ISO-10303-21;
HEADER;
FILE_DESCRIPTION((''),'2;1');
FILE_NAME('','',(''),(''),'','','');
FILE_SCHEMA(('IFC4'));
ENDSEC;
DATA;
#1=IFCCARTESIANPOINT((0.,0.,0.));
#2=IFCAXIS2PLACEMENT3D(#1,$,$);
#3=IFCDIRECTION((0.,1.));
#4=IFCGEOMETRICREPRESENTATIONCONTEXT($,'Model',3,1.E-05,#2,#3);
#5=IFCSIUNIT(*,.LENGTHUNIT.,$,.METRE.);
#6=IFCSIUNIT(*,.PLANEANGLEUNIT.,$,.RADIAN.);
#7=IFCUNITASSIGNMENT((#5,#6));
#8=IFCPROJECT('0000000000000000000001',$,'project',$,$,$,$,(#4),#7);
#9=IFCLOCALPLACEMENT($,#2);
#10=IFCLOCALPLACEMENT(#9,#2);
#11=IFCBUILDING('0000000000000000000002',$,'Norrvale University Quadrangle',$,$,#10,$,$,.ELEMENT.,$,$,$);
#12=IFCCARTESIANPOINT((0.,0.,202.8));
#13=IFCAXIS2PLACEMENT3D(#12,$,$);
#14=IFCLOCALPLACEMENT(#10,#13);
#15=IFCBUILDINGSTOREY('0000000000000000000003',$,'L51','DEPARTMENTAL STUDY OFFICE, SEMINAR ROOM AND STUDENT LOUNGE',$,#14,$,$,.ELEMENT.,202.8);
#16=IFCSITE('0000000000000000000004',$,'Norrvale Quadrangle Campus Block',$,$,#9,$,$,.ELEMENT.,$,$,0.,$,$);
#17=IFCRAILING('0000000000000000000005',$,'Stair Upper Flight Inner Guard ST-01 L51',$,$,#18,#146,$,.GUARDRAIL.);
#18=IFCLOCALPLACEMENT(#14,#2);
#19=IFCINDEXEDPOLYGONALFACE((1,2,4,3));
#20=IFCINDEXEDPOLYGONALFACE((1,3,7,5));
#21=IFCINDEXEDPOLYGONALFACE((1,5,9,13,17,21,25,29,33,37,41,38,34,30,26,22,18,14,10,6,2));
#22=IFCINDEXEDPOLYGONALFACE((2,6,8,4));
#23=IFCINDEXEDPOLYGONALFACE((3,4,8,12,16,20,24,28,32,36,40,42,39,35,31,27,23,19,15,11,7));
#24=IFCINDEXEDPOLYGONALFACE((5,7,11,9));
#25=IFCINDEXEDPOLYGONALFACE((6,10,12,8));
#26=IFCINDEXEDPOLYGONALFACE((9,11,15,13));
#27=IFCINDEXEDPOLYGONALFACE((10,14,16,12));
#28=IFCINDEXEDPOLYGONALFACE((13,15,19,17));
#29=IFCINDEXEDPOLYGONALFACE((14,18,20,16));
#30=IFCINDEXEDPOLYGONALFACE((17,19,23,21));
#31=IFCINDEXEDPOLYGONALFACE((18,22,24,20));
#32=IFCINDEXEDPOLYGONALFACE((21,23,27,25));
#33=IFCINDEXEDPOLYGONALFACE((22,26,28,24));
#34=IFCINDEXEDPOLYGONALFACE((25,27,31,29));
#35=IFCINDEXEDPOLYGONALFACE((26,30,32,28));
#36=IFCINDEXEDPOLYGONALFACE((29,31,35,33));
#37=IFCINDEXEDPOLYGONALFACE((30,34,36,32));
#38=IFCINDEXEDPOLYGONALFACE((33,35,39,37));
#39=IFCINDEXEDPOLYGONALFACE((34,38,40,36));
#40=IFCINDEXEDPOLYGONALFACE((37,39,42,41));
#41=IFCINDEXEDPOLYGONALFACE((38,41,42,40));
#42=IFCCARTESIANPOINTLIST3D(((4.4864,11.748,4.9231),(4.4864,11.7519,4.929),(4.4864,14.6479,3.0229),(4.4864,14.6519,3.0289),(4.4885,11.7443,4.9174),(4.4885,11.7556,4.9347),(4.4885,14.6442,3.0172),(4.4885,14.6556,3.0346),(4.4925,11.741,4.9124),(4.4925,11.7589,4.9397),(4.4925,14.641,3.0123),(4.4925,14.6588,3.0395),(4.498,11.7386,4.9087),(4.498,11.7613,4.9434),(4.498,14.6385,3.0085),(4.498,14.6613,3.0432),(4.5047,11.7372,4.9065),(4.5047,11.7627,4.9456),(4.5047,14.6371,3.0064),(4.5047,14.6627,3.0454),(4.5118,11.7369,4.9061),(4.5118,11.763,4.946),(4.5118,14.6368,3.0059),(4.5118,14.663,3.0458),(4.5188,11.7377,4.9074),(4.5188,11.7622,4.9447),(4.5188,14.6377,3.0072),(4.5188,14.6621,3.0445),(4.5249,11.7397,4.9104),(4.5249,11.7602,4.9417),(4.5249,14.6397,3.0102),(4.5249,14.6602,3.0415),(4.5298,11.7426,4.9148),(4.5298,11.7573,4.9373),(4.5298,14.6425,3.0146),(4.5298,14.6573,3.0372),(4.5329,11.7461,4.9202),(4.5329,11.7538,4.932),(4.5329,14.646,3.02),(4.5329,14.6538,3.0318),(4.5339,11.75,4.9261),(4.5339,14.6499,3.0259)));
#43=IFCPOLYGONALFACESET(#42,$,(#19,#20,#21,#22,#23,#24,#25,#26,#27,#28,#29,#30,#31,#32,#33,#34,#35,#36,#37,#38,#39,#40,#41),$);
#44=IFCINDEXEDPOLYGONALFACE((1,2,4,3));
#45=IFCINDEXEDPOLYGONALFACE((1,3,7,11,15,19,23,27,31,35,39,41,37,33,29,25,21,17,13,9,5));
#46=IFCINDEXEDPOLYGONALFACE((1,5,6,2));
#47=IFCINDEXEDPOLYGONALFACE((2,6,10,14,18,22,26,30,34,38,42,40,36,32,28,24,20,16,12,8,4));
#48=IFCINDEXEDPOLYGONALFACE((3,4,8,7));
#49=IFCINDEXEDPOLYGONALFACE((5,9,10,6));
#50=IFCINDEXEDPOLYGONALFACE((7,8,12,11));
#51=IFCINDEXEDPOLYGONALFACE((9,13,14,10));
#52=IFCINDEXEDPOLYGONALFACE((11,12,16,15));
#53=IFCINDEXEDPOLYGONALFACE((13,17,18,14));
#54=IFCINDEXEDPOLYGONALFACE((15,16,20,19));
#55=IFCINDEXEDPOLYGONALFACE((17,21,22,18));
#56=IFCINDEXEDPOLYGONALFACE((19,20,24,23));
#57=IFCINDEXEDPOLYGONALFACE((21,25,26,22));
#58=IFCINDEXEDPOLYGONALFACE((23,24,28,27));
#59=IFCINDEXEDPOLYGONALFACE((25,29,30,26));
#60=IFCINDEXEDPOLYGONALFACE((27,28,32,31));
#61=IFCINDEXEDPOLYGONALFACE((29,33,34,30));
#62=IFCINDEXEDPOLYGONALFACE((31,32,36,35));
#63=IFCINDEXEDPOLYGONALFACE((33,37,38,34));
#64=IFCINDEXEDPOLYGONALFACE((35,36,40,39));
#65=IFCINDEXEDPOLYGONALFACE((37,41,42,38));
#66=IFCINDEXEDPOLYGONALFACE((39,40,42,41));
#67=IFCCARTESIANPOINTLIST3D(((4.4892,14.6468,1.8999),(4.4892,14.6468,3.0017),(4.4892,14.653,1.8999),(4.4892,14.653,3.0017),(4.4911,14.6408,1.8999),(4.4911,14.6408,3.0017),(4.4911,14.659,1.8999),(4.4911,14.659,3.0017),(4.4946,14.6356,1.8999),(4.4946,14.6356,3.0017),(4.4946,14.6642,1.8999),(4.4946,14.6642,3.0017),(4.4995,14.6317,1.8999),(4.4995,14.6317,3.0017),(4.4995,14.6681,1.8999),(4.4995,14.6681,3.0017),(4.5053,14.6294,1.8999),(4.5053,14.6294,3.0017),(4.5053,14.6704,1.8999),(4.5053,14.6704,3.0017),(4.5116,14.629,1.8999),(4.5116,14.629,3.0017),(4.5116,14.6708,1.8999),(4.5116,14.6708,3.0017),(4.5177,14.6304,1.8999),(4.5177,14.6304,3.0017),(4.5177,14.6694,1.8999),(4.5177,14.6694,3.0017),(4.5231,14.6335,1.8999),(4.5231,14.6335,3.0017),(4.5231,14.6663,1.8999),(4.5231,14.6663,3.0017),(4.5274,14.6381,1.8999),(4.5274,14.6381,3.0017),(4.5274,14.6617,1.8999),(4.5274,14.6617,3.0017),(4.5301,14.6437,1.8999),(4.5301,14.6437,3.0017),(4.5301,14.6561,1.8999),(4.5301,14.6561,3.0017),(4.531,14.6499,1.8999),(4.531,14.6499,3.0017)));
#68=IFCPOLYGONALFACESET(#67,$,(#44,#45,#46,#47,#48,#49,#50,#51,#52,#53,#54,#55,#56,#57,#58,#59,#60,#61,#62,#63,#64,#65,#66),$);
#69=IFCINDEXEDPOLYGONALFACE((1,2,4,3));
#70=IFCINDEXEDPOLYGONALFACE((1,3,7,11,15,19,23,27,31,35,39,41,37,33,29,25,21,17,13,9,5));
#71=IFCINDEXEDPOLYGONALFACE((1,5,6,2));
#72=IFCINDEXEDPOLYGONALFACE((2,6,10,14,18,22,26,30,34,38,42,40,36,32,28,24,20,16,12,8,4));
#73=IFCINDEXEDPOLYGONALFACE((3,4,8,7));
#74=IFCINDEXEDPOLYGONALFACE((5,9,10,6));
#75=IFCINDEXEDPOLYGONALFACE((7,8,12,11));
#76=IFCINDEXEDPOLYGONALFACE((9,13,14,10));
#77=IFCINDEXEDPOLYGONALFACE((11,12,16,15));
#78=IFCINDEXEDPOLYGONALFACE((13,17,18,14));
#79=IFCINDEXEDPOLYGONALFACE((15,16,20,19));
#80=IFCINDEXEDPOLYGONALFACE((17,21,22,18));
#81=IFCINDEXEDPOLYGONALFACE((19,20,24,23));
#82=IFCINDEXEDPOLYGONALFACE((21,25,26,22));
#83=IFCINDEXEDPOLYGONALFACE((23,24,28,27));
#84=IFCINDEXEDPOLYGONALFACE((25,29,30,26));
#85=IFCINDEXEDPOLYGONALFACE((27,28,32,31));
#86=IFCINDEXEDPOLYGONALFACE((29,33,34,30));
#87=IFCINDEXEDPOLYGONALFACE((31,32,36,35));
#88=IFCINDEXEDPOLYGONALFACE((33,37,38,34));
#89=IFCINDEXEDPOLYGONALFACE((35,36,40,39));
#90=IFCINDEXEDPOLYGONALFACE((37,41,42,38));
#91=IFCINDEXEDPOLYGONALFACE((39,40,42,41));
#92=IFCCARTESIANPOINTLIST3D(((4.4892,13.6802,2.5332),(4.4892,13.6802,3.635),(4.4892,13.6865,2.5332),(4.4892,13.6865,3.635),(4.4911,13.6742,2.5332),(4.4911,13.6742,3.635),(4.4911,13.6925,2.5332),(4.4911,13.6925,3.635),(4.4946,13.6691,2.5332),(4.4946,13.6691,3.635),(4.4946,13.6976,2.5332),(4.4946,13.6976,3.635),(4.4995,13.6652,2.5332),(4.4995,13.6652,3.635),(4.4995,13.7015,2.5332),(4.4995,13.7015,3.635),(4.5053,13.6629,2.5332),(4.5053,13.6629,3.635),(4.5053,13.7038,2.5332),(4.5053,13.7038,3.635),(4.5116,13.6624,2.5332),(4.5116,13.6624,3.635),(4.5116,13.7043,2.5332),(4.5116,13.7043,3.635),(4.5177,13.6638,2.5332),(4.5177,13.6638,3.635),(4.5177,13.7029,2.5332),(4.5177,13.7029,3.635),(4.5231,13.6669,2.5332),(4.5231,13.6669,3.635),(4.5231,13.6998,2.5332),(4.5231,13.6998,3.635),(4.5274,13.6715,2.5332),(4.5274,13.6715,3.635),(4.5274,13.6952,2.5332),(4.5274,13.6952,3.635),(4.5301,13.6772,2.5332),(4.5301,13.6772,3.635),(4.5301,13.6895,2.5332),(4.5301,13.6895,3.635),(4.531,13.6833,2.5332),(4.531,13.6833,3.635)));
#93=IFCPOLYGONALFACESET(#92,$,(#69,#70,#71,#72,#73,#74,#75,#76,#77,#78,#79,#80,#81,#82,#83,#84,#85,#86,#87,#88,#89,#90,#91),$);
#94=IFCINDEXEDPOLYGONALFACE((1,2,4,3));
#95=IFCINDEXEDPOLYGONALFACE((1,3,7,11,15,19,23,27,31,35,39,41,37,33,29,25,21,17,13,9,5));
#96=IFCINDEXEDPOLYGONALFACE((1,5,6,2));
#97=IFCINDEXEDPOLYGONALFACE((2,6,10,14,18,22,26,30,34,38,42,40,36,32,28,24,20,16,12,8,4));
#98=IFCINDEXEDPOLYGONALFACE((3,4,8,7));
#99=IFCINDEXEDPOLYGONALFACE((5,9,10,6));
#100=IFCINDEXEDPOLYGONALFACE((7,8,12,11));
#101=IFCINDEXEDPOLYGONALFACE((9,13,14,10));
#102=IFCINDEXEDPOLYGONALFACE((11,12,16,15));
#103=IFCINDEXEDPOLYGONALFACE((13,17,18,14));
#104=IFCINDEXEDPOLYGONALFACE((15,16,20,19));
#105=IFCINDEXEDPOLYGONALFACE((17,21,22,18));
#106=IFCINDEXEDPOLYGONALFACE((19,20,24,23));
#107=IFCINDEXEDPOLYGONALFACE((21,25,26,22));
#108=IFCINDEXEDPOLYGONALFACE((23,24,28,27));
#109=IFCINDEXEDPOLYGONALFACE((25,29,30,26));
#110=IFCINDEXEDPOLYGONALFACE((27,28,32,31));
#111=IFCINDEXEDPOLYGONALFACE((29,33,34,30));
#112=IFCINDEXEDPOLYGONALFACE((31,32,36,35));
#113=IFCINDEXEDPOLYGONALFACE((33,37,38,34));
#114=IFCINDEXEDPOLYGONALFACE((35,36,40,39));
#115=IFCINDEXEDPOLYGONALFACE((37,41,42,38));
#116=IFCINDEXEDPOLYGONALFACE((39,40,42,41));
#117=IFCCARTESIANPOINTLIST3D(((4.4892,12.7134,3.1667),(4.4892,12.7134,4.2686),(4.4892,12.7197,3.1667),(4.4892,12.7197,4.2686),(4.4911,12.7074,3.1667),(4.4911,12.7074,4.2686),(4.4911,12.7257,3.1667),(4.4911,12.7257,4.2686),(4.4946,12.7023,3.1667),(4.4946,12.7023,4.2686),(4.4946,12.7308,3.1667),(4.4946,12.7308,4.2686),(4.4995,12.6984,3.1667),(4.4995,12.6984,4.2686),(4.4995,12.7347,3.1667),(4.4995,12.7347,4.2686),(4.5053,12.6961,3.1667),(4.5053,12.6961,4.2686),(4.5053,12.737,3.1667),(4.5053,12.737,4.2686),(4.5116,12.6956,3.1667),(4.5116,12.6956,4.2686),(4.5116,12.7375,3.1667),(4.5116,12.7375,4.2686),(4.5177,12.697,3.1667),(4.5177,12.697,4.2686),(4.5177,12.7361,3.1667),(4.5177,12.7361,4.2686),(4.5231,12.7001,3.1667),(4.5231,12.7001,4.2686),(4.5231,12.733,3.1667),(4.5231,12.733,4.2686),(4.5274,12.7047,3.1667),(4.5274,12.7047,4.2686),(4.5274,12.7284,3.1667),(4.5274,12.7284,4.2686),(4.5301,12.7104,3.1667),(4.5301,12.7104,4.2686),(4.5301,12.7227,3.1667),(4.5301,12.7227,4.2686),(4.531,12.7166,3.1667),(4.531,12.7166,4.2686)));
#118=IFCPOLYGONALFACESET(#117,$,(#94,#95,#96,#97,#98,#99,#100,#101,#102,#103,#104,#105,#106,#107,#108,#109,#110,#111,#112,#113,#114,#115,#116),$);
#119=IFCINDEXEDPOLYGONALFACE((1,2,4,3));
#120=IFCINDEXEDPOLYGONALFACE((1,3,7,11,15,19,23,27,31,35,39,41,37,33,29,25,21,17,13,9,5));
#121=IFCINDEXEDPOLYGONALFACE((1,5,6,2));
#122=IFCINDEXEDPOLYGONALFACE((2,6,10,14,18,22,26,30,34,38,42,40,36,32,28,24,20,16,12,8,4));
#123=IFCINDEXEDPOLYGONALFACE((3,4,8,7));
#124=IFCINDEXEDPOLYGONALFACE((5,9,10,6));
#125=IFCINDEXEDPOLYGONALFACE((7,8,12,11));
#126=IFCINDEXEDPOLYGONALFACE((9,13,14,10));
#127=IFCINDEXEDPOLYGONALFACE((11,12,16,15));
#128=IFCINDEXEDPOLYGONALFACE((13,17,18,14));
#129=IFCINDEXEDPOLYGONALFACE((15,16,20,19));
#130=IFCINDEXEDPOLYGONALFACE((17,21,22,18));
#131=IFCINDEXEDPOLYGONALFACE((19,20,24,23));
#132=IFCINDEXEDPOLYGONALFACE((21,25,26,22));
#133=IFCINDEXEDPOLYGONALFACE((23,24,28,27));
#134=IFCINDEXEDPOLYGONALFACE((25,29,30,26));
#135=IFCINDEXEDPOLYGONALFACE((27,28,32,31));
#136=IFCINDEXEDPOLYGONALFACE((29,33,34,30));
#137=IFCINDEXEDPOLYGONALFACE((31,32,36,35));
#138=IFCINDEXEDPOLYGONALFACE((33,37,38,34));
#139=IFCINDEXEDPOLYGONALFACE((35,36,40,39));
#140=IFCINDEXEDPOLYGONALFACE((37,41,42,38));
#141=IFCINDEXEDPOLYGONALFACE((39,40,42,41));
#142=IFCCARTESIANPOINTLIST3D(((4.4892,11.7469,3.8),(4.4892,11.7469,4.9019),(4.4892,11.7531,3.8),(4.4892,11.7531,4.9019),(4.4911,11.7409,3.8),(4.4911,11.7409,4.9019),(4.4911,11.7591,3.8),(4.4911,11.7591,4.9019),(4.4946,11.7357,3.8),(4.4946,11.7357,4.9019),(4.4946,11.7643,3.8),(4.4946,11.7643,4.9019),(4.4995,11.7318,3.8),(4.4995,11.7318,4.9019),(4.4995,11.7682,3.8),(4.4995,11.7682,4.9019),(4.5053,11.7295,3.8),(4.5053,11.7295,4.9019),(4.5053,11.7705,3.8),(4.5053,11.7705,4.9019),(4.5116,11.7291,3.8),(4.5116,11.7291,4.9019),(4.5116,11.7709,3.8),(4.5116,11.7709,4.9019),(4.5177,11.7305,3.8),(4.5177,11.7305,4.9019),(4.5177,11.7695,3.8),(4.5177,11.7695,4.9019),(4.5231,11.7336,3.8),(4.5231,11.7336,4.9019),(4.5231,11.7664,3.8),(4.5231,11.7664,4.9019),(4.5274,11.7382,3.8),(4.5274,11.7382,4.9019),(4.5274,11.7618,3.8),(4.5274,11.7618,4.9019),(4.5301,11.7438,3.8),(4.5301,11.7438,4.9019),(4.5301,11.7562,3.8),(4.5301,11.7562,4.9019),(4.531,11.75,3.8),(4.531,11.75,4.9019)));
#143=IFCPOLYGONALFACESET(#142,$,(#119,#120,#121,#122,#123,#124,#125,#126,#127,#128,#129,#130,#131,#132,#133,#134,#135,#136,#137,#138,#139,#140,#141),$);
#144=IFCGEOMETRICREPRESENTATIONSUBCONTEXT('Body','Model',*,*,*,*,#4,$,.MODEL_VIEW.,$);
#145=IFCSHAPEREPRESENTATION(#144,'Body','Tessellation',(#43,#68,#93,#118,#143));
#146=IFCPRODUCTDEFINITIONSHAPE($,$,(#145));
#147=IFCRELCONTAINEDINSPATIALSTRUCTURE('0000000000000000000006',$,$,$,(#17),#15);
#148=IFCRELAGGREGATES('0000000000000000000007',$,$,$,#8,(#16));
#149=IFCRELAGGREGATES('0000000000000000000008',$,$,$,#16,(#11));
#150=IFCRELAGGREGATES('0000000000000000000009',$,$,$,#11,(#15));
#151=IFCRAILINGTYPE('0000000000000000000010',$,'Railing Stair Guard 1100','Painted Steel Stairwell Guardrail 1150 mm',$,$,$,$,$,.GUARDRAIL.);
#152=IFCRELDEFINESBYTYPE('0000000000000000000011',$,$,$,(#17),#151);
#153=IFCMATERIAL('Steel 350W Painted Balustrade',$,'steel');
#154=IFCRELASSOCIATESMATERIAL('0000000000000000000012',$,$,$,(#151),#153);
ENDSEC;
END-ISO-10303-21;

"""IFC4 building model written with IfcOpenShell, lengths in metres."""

from ifc_helpers import new_model, si_unit, direction, frame, origin, origin_2d, place, context, subcontext, project, spatial, circle, extrude, material, type_object, element, save


model = new_model("IFC4")

# Units and contexts
model_context = context("Model", 3, precision=1e-05, world=origin(), true_north=direction((0.0, 1.0)))
body_context = subcontext(model_context, "Body", "Model", "MODEL_VIEW")
ifc_project = project(units=[si_unit("LENGTHUNIT", "METRE"), si_unit("PLANEANGLEUNIT", "RADIAN")], contexts=[model_context])

# Site, building, storey
site_placement = place(None, origin())
site = spatial("IfcSite", under=ifc_project, at=site_placement, Name="Norrvale Quadrangle Campus Block", CompositionType="ELEMENT", RefElevation=0.0)
building_placement = place(site_placement, origin())
building = spatial("IfcBuilding", under=site, at=building_placement, Name="Norrvale University Quadrangle", CompositionType="ELEMENT")
storey_placement = place(building_placement, frame((0.0, 0.0, 202.8)))
storey = spatial("IfcBuildingStorey", under=building, at=storey_placement, Name="L51", Description="DEPARTMENTAL STUDY OFFICE, SEMINAR ROOM AND STUDENT LOUNGE", CompositionType="ELEMENT", Elevation=202.8)

# Railing
ifc_material_1 = material(Name="Steel 350W Painted Balustrade", Category="steel")
railing_type_1 = type_object("IfcRailingType", Name="Railing Stair Guard 1100", Description="Painted Steel Stairwell Guardrail 1150 mm", PredefinedType="GUARDRAIL", material=ifc_material_1)
railing_1_placement = place(storey_placement, frame((4.51, 14.6499, 1.8999)))
element("IfcRailing", 1, at=railing_1_placement, inside=storey, type_object=railing_type_1, Name="Stair Upper Flight Inner Guard ST-01 L51", PredefinedType="GUARDRAIL", context=body_context, shape_type="SweptSolid", body=[
    extrude(circle(Radius=0.0239, at=origin_2d()), frame((0.0, 0.0, 1.126), z_axis=(0.0, -0.836433, 0.548069), x_axis=(1.0, 0.0, 0.0)), (0.0, 0.0, 1.0), 3.467),
    extrude(circle(Radius=0.021, at=origin_2d()), origin(), (0.0, 0.0, 1.0), 1.1018),
    extrude(circle(Radius=0.021, at=origin_2d()), frame((0.0, -0.9666, 0.6333)), (0.0, 0.0, 1.0), 1.1018),
    extrude(circle(Radius=0.021, at=origin_2d()), frame((0.0, -1.9333, 1.2668)), (0.0, 0.0, 1.0), 1.1018),
    extrude(circle(Radius=0.021, at=origin_2d()), frame((0.0, -2.8999, 1.9001)), (0.0, 0.0, 1.0), 1.1018),
])

save(model, "model.ifc")
